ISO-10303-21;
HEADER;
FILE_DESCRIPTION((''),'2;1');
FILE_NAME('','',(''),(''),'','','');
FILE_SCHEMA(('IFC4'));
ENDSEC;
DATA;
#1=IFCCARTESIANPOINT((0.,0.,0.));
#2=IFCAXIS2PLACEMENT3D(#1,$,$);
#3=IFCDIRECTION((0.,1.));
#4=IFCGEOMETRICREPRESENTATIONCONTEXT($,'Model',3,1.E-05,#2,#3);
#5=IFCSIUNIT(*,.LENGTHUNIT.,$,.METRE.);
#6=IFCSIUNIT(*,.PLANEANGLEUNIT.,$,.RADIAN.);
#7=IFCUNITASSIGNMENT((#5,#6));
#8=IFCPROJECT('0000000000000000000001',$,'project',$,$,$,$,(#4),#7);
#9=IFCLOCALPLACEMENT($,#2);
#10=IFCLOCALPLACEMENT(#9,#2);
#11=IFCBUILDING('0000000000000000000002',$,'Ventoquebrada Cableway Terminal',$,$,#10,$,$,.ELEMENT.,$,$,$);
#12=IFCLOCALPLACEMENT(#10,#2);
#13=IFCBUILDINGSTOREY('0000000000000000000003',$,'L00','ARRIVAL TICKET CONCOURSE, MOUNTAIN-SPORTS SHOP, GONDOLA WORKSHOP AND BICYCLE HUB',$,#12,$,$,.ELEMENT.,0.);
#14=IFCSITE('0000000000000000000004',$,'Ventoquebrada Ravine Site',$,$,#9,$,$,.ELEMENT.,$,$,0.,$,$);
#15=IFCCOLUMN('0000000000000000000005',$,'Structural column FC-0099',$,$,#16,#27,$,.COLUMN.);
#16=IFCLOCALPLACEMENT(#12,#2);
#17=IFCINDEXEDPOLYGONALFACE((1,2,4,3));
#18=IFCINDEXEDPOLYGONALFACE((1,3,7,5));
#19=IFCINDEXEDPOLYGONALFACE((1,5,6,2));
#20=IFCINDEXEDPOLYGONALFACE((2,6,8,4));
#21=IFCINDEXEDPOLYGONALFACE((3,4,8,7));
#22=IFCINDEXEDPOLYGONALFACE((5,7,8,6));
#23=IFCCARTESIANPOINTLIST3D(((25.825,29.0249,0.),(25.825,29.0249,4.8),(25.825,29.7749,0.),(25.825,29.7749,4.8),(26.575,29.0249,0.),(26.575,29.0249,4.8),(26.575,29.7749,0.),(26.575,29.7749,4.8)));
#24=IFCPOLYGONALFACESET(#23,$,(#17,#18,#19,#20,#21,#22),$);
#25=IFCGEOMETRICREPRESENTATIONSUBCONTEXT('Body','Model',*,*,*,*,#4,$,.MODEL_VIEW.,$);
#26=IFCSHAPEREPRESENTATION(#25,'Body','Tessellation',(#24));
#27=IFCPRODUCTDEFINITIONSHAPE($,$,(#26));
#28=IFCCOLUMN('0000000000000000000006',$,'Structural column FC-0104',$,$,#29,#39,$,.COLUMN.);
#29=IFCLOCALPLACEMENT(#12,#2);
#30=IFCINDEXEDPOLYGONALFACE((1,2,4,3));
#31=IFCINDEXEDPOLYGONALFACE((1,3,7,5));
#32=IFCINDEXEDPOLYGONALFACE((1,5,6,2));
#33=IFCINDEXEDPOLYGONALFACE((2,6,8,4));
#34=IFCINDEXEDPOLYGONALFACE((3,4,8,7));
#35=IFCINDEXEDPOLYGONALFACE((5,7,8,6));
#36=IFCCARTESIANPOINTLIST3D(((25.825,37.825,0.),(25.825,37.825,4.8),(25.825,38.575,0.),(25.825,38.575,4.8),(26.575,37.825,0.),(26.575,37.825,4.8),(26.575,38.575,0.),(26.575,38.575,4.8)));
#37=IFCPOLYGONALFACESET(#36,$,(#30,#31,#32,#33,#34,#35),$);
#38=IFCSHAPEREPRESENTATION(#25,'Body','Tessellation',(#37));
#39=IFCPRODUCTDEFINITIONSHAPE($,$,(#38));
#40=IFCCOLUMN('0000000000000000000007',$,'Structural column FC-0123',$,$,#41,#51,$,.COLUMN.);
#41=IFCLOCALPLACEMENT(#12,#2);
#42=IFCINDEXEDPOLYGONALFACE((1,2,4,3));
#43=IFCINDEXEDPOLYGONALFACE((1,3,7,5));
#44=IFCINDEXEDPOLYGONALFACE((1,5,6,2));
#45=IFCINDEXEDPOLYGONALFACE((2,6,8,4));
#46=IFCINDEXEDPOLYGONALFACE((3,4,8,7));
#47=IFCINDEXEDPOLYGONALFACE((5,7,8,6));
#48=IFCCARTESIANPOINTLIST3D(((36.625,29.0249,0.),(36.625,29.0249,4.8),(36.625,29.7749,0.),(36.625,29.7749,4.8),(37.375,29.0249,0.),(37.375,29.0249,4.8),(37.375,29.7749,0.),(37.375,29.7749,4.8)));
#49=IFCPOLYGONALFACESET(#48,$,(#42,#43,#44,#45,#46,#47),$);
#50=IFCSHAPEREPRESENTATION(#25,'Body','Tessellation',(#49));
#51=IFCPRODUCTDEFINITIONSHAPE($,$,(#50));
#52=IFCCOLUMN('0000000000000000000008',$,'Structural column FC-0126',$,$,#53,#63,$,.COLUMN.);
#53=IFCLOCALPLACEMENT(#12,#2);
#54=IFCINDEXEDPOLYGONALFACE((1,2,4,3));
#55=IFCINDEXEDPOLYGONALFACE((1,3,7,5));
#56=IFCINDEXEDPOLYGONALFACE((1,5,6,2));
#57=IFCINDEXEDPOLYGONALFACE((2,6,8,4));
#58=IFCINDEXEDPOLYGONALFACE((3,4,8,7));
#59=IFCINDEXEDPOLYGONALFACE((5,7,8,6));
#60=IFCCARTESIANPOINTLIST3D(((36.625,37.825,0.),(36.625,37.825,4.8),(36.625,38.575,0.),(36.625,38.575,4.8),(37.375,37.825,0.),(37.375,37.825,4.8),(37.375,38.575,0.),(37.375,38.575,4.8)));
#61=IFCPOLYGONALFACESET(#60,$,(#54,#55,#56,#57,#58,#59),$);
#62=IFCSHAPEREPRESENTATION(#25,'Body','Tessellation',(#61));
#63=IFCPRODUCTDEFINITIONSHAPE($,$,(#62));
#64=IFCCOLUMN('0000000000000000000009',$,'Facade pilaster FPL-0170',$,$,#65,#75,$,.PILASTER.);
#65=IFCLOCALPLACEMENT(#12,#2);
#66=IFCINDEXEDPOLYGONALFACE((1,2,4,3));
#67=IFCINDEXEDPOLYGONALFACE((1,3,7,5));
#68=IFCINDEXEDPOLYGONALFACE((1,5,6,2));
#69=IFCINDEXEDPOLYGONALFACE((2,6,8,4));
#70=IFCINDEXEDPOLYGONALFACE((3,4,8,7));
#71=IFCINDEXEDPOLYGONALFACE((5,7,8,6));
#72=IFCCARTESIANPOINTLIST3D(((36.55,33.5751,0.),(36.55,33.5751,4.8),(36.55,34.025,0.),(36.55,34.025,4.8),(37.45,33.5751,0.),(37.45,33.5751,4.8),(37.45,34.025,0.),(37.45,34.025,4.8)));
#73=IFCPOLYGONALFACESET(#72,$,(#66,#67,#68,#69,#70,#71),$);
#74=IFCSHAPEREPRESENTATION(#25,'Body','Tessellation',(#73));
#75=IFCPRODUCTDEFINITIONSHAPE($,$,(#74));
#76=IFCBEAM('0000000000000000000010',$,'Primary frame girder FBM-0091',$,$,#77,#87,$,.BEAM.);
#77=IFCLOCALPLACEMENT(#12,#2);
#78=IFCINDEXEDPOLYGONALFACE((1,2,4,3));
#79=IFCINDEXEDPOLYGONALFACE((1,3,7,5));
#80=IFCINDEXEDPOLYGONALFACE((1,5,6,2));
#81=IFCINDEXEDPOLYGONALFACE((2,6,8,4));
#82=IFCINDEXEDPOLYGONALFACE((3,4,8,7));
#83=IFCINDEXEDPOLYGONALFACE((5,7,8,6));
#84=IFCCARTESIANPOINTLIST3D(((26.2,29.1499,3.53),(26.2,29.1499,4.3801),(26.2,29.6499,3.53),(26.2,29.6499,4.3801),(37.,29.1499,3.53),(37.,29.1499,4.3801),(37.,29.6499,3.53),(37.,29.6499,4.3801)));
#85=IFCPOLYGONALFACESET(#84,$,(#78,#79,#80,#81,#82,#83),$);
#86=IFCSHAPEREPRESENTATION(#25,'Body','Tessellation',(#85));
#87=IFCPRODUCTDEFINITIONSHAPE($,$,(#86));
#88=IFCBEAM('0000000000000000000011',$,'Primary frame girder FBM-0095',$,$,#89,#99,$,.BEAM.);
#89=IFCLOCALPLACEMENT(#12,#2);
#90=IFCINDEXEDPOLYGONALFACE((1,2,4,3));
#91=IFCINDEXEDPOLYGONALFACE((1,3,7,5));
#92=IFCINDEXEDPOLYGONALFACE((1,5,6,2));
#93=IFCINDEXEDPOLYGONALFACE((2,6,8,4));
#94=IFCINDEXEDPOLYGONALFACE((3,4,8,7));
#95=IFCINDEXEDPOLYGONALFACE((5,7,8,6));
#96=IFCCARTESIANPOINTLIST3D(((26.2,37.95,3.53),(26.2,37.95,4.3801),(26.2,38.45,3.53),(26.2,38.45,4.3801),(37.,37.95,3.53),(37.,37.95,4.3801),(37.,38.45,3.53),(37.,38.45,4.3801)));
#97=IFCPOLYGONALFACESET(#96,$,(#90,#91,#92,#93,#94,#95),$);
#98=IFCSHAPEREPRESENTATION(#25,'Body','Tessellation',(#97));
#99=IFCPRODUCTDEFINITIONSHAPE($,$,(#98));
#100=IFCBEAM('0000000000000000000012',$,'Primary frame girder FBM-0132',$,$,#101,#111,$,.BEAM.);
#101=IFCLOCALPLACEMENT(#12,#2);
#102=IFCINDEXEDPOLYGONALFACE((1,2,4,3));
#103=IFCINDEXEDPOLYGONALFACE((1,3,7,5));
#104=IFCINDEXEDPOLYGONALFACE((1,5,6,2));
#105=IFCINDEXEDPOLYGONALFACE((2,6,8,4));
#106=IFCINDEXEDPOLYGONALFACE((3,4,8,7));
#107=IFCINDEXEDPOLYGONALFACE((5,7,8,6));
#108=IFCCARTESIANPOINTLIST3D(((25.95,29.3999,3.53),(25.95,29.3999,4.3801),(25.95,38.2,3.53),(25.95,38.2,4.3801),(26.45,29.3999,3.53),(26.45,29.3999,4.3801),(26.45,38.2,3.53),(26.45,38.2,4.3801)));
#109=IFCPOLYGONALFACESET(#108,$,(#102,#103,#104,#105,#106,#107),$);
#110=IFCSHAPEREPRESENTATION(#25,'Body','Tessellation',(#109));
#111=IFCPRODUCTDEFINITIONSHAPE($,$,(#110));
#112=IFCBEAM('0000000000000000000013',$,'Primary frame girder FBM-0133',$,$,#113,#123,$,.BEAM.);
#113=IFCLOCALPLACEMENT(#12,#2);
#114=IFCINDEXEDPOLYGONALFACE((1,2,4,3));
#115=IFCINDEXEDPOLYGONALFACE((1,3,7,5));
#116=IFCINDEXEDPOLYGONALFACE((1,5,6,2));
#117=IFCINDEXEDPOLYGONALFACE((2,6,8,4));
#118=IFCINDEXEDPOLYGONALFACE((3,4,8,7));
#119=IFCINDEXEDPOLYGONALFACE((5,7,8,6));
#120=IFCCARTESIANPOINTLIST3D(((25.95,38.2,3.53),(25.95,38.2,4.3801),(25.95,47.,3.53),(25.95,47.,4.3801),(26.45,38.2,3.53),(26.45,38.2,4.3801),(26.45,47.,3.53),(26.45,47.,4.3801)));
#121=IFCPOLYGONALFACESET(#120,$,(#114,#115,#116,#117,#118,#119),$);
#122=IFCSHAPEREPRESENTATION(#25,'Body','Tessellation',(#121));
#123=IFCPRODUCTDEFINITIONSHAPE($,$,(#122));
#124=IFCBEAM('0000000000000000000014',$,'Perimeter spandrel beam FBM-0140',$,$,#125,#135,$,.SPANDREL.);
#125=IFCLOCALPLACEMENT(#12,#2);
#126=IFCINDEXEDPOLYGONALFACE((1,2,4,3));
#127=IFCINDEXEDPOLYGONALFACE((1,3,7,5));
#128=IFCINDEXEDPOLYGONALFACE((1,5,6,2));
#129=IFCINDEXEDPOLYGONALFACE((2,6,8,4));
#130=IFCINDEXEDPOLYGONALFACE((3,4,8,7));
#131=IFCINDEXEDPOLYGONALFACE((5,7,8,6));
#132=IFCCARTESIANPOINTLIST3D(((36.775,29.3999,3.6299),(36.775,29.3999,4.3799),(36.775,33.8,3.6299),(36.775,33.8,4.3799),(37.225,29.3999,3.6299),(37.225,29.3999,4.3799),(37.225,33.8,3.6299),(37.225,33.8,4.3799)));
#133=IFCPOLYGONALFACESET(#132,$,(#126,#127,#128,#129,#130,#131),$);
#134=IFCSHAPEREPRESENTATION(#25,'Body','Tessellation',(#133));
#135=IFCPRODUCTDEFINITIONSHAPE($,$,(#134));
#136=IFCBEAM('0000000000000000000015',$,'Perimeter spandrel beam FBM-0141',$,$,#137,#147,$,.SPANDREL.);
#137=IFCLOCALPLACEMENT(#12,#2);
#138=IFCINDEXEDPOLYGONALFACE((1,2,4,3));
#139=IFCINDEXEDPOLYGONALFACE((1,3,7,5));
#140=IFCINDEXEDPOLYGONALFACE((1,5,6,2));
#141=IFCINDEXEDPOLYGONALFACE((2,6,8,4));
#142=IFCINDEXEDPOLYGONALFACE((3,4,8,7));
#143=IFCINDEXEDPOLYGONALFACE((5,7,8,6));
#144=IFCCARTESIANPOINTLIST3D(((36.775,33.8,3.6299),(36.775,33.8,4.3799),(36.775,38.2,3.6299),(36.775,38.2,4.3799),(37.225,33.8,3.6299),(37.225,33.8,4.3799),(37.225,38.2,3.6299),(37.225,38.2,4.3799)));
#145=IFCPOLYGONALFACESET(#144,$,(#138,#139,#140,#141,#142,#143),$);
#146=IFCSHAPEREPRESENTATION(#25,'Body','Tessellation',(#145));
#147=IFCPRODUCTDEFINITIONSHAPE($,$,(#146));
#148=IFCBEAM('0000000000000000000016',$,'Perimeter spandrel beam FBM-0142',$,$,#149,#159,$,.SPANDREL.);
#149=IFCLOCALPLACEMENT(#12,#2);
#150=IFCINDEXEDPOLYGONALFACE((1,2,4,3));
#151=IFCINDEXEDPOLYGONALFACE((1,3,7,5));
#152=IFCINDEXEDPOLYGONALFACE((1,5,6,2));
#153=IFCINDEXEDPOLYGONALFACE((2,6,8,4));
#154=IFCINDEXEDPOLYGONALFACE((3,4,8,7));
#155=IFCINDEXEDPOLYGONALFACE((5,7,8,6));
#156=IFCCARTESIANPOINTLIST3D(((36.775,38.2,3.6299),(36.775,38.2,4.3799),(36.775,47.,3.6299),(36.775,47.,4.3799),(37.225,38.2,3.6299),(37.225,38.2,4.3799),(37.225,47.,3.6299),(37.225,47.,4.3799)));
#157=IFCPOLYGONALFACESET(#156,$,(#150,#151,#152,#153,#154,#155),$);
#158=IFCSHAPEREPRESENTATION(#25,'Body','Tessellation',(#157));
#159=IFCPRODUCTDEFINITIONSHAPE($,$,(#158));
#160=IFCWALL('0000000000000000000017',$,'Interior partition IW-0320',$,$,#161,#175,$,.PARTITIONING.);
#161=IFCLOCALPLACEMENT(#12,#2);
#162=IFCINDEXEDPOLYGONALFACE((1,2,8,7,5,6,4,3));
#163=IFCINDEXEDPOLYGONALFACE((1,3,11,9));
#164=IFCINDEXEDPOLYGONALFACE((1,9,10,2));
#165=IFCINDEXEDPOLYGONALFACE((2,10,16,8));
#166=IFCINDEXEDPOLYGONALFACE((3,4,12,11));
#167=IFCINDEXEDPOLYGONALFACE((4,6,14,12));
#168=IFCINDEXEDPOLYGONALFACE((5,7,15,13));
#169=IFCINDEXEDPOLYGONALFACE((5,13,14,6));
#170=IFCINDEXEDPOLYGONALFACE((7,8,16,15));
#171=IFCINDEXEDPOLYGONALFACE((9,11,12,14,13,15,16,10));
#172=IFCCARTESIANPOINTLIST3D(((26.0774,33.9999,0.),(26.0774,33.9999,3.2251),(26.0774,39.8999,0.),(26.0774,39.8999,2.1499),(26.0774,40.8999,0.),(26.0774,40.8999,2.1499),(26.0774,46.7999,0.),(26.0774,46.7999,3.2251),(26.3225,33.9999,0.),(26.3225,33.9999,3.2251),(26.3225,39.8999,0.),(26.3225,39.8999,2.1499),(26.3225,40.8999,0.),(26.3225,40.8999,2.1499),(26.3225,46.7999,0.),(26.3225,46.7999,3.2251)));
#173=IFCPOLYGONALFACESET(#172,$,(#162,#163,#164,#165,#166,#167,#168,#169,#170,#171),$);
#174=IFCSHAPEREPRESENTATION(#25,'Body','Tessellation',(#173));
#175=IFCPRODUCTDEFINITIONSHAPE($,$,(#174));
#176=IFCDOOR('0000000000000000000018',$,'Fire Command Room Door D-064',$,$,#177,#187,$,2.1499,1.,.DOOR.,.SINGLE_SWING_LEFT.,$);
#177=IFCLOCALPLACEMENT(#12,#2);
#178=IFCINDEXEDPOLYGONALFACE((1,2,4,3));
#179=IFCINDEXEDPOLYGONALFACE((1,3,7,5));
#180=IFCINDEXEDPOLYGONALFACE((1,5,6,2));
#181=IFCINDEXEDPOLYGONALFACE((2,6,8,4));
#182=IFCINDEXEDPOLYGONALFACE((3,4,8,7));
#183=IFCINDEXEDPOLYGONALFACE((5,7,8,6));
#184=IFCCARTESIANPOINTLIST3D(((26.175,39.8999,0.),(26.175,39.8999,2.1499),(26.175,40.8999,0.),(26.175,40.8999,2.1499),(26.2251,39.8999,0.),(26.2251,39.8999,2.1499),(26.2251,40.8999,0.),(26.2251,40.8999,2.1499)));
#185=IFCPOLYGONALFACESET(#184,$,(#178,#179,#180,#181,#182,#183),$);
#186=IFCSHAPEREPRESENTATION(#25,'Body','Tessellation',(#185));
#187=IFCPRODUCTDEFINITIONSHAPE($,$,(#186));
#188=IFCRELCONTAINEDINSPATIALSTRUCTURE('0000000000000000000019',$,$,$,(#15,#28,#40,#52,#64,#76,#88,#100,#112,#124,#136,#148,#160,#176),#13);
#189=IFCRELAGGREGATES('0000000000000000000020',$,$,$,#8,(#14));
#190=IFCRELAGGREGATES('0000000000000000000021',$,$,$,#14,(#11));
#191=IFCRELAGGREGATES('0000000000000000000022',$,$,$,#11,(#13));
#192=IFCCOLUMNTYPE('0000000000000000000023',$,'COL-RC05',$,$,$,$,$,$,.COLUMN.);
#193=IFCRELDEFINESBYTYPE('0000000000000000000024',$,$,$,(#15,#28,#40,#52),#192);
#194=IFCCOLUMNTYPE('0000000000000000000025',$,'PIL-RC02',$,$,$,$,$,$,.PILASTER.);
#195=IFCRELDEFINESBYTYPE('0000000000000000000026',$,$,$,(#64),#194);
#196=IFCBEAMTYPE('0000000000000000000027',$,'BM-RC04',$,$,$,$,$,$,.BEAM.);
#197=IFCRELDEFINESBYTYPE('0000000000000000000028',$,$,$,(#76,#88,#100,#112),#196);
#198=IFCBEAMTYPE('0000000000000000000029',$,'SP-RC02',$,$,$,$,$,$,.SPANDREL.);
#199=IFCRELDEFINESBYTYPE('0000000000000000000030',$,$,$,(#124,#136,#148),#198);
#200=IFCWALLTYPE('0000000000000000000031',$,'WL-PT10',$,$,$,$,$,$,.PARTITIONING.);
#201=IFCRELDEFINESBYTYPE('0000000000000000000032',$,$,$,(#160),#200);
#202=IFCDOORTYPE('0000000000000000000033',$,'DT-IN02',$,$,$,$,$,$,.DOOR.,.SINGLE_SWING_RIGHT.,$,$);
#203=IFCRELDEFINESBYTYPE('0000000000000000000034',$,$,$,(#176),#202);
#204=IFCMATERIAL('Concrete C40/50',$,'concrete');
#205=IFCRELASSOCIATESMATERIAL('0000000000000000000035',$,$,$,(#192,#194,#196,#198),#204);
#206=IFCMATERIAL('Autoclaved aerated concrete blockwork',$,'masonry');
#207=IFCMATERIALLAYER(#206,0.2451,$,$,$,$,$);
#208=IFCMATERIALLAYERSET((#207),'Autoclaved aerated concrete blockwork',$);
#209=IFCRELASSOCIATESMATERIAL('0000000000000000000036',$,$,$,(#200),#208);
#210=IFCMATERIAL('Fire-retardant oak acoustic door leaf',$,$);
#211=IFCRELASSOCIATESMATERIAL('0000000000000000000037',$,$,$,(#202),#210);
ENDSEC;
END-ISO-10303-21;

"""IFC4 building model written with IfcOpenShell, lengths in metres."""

from ifc_helpers import new_model, si_unit, direction, frame, frame_2d, origin, origin_2d, place, context, subcontext, project, spatial, rectangle, extrude, material, layer, layer_set, material_profile, profile_set, type_object, element, fill, save


model = new_model("IFC4")

# Units and contexts
model_context = context("Model", 3, precision=1e-05, world=origin(), true_north=direction((0.0, 1.0)))
body_context = subcontext(model_context, "Body", "Model", "MODEL_VIEW")
ifc_project = project(units=[si_unit("LENGTHUNIT", "METRE"), si_unit("PLANEANGLEUNIT", "RADIAN")], contexts=[model_context])

# Site, building, storey
site_placement = place(None, origin())
site = spatial("IfcSite", under=ifc_project, at=site_placement, Name="Ventoquebrada Ravine Site", CompositionType="ELEMENT", RefElevation=0.0)
building_placement = place(site_placement, origin())
building = spatial("IfcBuilding", under=site, at=building_placement, Name="Ventoquebrada Cableway Terminal", CompositionType="ELEMENT")
storey_placement = place(building_placement, origin())
storey = spatial("IfcBuildingStorey", under=building, at=storey_placement, Name="L00", Description="ARRIVAL TICKET CONCOURSE, MOUNTAIN-SPORTS SHOP, GONDOLA WORKSHOP AND BICYCLE HUB", CompositionType="ELEMENT", Elevation=0.0)

# Columns
ifc_material_1 = material(Name="Concrete C40/50", Category="concrete")
ifc_material_profile_1 = material_profile(ifc_material_1, rectangle(XDim=0.75, YDim=0.75, at=origin_2d()), Name="RC-COL-750X750")
ifc_profile_set_1 = profile_set([ifc_material_profile_1], Name="Concrete C40/50")
column_type_1 = type_object("IfcColumnType", Name="COL-RC05", PredefinedType="COLUMN", material=ifc_profile_set_1)
for number, where, z_axis, x_axis, name in (
    (1, (26.2, 29.3999, 0.0), (0.0, 0.0, 1.0), (1.0, 0.0, 0.0), "Structural column FC-0099"),
    (2, (26.2, 38.2, 0.0), (0.0, 0.0, 1.0), (1.0, 0.0, 0.0), "Structural column FC-0104"),
    (3, (37.0, 29.3999, 0.0), (0.0, 0.0, 1.0), (1.0, 0.0, 0.0), "Structural column FC-0123"),
    (4, (37.0, 38.2, 0.0), (0.0, 0.0, 1.0), (1.0, 0.0, 0.0), "Structural column FC-0126"),
):
    element("IfcColumn", number, at=place(storey_placement, frame(where, z_axis=z_axis, x_axis=x_axis)), inside=storey, type_object=column_type_1, Name=name, PredefinedType="COLUMN", context=body_context, shape_type="SweptSolid", body=[
        extrude(rectangle(XDim=0.75, YDim=0.75, at=origin_2d()), origin(), (0.0, 0.0, 1.0), 4.8),
    ])
ifc_material_profile_2 = material_profile(ifc_material_1, rectangle(XDim=0.45, YDim=0.8999, at=origin_2d()), Name="RC-PIL-450X900")
ifc_profile_set_2 = profile_set([ifc_material_profile_2], Name="Concrete C40/50")
column_type_2 = type_object("IfcColumnType", Name="PIL-RC02", PredefinedType="PILASTER", material=ifc_profile_set_2)
column_placement = place(storey_placement, frame((37.0, 33.8, 0.0), z_axis=(0.0, 0.0, 1.0), x_axis=(0.0, 1.0, 0.0)))
element("IfcColumn", 5, at=column_placement, inside=storey, type_object=column_type_2, Name="Facade pilaster FPL-0170", PredefinedType="PILASTER", context=body_context, shape_type="SweptSolid", body=[
    extrude(rectangle(XDim=0.45, YDim=0.8999, at=origin_2d()), origin(), (0.0, 0.0, 1.0), 4.8),
])

# Beams
ifc_material_profile_3 = material_profile(ifc_material_1, rectangle(XDim=0.5, YDim=0.8501, at=origin_2d()), Name="RC-BM-500X850")
ifc_profile_set_3 = profile_set([ifc_material_profile_3], Name="Concrete C40/50")
beam_type_1 = type_object("IfcBeamType", Name="BM-RC04", PredefinedType="BEAM", material=ifc_profile_set_3)
for number, where, z_axis, x_axis, name in (
    (6, (26.2, 29.3999, 3.9551), (1.0, 0.0, 0.0), (0.0, 1.0, 0.0), "Primary frame girder FBM-0091"),
    (7, (26.2, 38.2, 3.9551), (1.0, 0.0, 0.0), (0.0, 1.0, 0.0), "Primary frame girder FBM-0095"),
):
    element("IfcBeam", number, at=place(storey_placement, frame(where, z_axis=z_axis, x_axis=x_axis)), inside=storey, type_object=beam_type_1, Name=name, PredefinedType="BEAM", context=body_context, shape_type="SweptSolid", body=[
        extrude(rectangle(XDim=0.5, YDim=0.8501, at=origin_2d()), origin(), (0.0, 0.0, 1.0), 10.8),
    ])
for number, where, z_axis, x_axis, name in (
    (8, (26.2, 29.3999, 3.9551), (0.0, 1.0, 0.0), (-1.0, 0.0, 0.0), "Primary frame girder FBM-0132"),
    (9, (26.2, 38.2, 3.9551), (0.0, 1.0, 0.0), (-1.0, 0.0, 0.0), "Primary frame girder FBM-0133"),
):
    element("IfcBeam", number, at=place(storey_placement, frame(where, z_axis=z_axis, x_axis=x_axis)), inside=storey, type_object=beam_type_1, Name=name, PredefinedType="BEAM", context=body_context, shape_type="SweptSolid", body=[
        extrude(rectangle(XDim=0.5, YDim=0.8501, at=origin_2d()), origin(), (0.0, 0.0, 1.0), 8.8),
    ])
ifc_material_profile_4 = material_profile(ifc_material_1, rectangle(XDim=0.45, YDim=0.75, at=origin_2d()), Name="RC-BM-450X750")
ifc_profile_set_4 = profile_set([ifc_material_profile_4], Name="Concrete C40/50")
beam_type_2 = type_object("IfcBeamType", Name="SP-RC02", PredefinedType="SPANDREL", material=ifc_profile_set_4)
beam_1_placement = place(storey_placement, frame((37.0, 29.3999, 4.0049), z_axis=(0.0, 1.0, 0.0), x_axis=(-1.0, 0.0, 0.0)))
element("IfcBeam", 10, at=beam_1_placement, inside=storey, type_object=beam_type_2, Name="Perimeter spandrel beam FBM-0140", PredefinedType="SPANDREL", context=body_context, shape_type="SweptSolid", body=[
    extrude(rectangle(XDim=0.45, YDim=0.75, at=origin_2d()), origin(), (0.0, 0.0, 1.0), 4.4001),
])
beam_2_placement = place(storey_placement, frame((37.0, 33.8, 4.0049), z_axis=(0.0, 1.0, 0.0), x_axis=(-1.0, 0.0, 0.0)))
element("IfcBeam", 11, at=beam_2_placement, inside=storey, type_object=beam_type_2, Name="Perimeter spandrel beam FBM-0141", PredefinedType="SPANDREL", context=body_context, shape_type="SweptSolid", body=[
    extrude(rectangle(XDim=0.45, YDim=0.75, at=origin_2d()), origin(), (0.0, 0.0, 1.0), 4.3999),
])
beam_3_placement = place(storey_placement, frame((37.0, 38.2, 4.0049), z_axis=(0.0, 1.0, 0.0), x_axis=(-1.0, 0.0, 0.0)))
element("IfcBeam", 12, at=beam_3_placement, inside=storey, type_object=beam_type_2, Name="Perimeter spandrel beam FBM-0142", PredefinedType="SPANDREL", context=body_context, shape_type="SweptSolid", body=[
    extrude(rectangle(XDim=0.45, YDim=0.75, at=origin_2d()), origin(), (0.0, 0.0, 1.0), 8.8),
])

# Wall, opening, door
ifc_material_2 = material(Name="Autoclaved aerated concrete blockwork", Category="masonry")
ifc_layer_1 = layer(ifc_material_2, 0.2451)
ifc_layer_set_1 = layer_set([ifc_layer_1], Name="Autoclaved aerated concrete blockwork")
wall_type_1 = type_object("IfcWallType", Name="WL-PT10", PredefinedType="PARTITIONING", material=ifc_layer_set_1)
wall_1_placement = place(storey_placement, frame((26.2, 34.0, 0.0), z_axis=(0.0, 0.0, 1.0), x_axis=(0.0, 1.0, 0.0)))
wall_1 = element("IfcWall", 13, at=wall_1_placement, inside=storey, type_object=wall_type_1, Name="Interior partition IW-0320", PredefinedType="PARTITIONING", context=body_context, shape_type="SweptSolid", body=[
    extrude(rectangle(XDim=12.8, YDim=0.2451, at=frame_2d((6.3999, 0.0))), origin(), (0.0, 0.0, 1.0), 3.2251),
])
opening_placement = place(wall_1_placement, frame((5.8999, 0.0, 0.0)))
opening = element("IfcOpeningElement", 14, at=opening_placement, cuts=wall_1, PredefinedType="OPENING", context=body_context, shape_type="SweptSolid", body=[
    extrude(rectangle(XDim=1.0, YDim=2.1499, at=frame_2d((0.5, 1.075))), frame((0.0, 0.1326, 0.0), z_axis=(0.0, -1.0, 0.0), x_axis=(1.0, 0.0, 0.0)), (0.0, 0.0, 1.0), 0.2651),
])
ifc_material_3 = material(Name="Fire-retardant oak acoustic door leaf")
door_type = type_object("IfcDoorType", Name="DT-IN02", OperationType="SINGLE_SWING_RIGHT", PredefinedType="DOOR", material=ifc_material_3)
door_placement = place(opening_placement, origin())
door = element("IfcDoor", 15, at=door_placement, inside=storey, type_object=door_type, Name="Fire Command Room Door D-064", OperationType="SINGLE_SWING_LEFT", OverallHeight=2.1499, OverallWidth=1.0, PredefinedType="DOOR", context=body_context, shape_type="SweptSolid", body=[
    extrude(rectangle(XDim=1.0, YDim=2.1499, at=frame_2d((0.5, 1.075))), frame((0.0, 0.0249, 0.0), z_axis=(0.0, -1.0, 0.0), x_axis=(1.0, 0.0, 0.0)), (0.0, 0.0, 1.0), 0.05),
])
fill(opening, door)

save(model, "model.ifc")
